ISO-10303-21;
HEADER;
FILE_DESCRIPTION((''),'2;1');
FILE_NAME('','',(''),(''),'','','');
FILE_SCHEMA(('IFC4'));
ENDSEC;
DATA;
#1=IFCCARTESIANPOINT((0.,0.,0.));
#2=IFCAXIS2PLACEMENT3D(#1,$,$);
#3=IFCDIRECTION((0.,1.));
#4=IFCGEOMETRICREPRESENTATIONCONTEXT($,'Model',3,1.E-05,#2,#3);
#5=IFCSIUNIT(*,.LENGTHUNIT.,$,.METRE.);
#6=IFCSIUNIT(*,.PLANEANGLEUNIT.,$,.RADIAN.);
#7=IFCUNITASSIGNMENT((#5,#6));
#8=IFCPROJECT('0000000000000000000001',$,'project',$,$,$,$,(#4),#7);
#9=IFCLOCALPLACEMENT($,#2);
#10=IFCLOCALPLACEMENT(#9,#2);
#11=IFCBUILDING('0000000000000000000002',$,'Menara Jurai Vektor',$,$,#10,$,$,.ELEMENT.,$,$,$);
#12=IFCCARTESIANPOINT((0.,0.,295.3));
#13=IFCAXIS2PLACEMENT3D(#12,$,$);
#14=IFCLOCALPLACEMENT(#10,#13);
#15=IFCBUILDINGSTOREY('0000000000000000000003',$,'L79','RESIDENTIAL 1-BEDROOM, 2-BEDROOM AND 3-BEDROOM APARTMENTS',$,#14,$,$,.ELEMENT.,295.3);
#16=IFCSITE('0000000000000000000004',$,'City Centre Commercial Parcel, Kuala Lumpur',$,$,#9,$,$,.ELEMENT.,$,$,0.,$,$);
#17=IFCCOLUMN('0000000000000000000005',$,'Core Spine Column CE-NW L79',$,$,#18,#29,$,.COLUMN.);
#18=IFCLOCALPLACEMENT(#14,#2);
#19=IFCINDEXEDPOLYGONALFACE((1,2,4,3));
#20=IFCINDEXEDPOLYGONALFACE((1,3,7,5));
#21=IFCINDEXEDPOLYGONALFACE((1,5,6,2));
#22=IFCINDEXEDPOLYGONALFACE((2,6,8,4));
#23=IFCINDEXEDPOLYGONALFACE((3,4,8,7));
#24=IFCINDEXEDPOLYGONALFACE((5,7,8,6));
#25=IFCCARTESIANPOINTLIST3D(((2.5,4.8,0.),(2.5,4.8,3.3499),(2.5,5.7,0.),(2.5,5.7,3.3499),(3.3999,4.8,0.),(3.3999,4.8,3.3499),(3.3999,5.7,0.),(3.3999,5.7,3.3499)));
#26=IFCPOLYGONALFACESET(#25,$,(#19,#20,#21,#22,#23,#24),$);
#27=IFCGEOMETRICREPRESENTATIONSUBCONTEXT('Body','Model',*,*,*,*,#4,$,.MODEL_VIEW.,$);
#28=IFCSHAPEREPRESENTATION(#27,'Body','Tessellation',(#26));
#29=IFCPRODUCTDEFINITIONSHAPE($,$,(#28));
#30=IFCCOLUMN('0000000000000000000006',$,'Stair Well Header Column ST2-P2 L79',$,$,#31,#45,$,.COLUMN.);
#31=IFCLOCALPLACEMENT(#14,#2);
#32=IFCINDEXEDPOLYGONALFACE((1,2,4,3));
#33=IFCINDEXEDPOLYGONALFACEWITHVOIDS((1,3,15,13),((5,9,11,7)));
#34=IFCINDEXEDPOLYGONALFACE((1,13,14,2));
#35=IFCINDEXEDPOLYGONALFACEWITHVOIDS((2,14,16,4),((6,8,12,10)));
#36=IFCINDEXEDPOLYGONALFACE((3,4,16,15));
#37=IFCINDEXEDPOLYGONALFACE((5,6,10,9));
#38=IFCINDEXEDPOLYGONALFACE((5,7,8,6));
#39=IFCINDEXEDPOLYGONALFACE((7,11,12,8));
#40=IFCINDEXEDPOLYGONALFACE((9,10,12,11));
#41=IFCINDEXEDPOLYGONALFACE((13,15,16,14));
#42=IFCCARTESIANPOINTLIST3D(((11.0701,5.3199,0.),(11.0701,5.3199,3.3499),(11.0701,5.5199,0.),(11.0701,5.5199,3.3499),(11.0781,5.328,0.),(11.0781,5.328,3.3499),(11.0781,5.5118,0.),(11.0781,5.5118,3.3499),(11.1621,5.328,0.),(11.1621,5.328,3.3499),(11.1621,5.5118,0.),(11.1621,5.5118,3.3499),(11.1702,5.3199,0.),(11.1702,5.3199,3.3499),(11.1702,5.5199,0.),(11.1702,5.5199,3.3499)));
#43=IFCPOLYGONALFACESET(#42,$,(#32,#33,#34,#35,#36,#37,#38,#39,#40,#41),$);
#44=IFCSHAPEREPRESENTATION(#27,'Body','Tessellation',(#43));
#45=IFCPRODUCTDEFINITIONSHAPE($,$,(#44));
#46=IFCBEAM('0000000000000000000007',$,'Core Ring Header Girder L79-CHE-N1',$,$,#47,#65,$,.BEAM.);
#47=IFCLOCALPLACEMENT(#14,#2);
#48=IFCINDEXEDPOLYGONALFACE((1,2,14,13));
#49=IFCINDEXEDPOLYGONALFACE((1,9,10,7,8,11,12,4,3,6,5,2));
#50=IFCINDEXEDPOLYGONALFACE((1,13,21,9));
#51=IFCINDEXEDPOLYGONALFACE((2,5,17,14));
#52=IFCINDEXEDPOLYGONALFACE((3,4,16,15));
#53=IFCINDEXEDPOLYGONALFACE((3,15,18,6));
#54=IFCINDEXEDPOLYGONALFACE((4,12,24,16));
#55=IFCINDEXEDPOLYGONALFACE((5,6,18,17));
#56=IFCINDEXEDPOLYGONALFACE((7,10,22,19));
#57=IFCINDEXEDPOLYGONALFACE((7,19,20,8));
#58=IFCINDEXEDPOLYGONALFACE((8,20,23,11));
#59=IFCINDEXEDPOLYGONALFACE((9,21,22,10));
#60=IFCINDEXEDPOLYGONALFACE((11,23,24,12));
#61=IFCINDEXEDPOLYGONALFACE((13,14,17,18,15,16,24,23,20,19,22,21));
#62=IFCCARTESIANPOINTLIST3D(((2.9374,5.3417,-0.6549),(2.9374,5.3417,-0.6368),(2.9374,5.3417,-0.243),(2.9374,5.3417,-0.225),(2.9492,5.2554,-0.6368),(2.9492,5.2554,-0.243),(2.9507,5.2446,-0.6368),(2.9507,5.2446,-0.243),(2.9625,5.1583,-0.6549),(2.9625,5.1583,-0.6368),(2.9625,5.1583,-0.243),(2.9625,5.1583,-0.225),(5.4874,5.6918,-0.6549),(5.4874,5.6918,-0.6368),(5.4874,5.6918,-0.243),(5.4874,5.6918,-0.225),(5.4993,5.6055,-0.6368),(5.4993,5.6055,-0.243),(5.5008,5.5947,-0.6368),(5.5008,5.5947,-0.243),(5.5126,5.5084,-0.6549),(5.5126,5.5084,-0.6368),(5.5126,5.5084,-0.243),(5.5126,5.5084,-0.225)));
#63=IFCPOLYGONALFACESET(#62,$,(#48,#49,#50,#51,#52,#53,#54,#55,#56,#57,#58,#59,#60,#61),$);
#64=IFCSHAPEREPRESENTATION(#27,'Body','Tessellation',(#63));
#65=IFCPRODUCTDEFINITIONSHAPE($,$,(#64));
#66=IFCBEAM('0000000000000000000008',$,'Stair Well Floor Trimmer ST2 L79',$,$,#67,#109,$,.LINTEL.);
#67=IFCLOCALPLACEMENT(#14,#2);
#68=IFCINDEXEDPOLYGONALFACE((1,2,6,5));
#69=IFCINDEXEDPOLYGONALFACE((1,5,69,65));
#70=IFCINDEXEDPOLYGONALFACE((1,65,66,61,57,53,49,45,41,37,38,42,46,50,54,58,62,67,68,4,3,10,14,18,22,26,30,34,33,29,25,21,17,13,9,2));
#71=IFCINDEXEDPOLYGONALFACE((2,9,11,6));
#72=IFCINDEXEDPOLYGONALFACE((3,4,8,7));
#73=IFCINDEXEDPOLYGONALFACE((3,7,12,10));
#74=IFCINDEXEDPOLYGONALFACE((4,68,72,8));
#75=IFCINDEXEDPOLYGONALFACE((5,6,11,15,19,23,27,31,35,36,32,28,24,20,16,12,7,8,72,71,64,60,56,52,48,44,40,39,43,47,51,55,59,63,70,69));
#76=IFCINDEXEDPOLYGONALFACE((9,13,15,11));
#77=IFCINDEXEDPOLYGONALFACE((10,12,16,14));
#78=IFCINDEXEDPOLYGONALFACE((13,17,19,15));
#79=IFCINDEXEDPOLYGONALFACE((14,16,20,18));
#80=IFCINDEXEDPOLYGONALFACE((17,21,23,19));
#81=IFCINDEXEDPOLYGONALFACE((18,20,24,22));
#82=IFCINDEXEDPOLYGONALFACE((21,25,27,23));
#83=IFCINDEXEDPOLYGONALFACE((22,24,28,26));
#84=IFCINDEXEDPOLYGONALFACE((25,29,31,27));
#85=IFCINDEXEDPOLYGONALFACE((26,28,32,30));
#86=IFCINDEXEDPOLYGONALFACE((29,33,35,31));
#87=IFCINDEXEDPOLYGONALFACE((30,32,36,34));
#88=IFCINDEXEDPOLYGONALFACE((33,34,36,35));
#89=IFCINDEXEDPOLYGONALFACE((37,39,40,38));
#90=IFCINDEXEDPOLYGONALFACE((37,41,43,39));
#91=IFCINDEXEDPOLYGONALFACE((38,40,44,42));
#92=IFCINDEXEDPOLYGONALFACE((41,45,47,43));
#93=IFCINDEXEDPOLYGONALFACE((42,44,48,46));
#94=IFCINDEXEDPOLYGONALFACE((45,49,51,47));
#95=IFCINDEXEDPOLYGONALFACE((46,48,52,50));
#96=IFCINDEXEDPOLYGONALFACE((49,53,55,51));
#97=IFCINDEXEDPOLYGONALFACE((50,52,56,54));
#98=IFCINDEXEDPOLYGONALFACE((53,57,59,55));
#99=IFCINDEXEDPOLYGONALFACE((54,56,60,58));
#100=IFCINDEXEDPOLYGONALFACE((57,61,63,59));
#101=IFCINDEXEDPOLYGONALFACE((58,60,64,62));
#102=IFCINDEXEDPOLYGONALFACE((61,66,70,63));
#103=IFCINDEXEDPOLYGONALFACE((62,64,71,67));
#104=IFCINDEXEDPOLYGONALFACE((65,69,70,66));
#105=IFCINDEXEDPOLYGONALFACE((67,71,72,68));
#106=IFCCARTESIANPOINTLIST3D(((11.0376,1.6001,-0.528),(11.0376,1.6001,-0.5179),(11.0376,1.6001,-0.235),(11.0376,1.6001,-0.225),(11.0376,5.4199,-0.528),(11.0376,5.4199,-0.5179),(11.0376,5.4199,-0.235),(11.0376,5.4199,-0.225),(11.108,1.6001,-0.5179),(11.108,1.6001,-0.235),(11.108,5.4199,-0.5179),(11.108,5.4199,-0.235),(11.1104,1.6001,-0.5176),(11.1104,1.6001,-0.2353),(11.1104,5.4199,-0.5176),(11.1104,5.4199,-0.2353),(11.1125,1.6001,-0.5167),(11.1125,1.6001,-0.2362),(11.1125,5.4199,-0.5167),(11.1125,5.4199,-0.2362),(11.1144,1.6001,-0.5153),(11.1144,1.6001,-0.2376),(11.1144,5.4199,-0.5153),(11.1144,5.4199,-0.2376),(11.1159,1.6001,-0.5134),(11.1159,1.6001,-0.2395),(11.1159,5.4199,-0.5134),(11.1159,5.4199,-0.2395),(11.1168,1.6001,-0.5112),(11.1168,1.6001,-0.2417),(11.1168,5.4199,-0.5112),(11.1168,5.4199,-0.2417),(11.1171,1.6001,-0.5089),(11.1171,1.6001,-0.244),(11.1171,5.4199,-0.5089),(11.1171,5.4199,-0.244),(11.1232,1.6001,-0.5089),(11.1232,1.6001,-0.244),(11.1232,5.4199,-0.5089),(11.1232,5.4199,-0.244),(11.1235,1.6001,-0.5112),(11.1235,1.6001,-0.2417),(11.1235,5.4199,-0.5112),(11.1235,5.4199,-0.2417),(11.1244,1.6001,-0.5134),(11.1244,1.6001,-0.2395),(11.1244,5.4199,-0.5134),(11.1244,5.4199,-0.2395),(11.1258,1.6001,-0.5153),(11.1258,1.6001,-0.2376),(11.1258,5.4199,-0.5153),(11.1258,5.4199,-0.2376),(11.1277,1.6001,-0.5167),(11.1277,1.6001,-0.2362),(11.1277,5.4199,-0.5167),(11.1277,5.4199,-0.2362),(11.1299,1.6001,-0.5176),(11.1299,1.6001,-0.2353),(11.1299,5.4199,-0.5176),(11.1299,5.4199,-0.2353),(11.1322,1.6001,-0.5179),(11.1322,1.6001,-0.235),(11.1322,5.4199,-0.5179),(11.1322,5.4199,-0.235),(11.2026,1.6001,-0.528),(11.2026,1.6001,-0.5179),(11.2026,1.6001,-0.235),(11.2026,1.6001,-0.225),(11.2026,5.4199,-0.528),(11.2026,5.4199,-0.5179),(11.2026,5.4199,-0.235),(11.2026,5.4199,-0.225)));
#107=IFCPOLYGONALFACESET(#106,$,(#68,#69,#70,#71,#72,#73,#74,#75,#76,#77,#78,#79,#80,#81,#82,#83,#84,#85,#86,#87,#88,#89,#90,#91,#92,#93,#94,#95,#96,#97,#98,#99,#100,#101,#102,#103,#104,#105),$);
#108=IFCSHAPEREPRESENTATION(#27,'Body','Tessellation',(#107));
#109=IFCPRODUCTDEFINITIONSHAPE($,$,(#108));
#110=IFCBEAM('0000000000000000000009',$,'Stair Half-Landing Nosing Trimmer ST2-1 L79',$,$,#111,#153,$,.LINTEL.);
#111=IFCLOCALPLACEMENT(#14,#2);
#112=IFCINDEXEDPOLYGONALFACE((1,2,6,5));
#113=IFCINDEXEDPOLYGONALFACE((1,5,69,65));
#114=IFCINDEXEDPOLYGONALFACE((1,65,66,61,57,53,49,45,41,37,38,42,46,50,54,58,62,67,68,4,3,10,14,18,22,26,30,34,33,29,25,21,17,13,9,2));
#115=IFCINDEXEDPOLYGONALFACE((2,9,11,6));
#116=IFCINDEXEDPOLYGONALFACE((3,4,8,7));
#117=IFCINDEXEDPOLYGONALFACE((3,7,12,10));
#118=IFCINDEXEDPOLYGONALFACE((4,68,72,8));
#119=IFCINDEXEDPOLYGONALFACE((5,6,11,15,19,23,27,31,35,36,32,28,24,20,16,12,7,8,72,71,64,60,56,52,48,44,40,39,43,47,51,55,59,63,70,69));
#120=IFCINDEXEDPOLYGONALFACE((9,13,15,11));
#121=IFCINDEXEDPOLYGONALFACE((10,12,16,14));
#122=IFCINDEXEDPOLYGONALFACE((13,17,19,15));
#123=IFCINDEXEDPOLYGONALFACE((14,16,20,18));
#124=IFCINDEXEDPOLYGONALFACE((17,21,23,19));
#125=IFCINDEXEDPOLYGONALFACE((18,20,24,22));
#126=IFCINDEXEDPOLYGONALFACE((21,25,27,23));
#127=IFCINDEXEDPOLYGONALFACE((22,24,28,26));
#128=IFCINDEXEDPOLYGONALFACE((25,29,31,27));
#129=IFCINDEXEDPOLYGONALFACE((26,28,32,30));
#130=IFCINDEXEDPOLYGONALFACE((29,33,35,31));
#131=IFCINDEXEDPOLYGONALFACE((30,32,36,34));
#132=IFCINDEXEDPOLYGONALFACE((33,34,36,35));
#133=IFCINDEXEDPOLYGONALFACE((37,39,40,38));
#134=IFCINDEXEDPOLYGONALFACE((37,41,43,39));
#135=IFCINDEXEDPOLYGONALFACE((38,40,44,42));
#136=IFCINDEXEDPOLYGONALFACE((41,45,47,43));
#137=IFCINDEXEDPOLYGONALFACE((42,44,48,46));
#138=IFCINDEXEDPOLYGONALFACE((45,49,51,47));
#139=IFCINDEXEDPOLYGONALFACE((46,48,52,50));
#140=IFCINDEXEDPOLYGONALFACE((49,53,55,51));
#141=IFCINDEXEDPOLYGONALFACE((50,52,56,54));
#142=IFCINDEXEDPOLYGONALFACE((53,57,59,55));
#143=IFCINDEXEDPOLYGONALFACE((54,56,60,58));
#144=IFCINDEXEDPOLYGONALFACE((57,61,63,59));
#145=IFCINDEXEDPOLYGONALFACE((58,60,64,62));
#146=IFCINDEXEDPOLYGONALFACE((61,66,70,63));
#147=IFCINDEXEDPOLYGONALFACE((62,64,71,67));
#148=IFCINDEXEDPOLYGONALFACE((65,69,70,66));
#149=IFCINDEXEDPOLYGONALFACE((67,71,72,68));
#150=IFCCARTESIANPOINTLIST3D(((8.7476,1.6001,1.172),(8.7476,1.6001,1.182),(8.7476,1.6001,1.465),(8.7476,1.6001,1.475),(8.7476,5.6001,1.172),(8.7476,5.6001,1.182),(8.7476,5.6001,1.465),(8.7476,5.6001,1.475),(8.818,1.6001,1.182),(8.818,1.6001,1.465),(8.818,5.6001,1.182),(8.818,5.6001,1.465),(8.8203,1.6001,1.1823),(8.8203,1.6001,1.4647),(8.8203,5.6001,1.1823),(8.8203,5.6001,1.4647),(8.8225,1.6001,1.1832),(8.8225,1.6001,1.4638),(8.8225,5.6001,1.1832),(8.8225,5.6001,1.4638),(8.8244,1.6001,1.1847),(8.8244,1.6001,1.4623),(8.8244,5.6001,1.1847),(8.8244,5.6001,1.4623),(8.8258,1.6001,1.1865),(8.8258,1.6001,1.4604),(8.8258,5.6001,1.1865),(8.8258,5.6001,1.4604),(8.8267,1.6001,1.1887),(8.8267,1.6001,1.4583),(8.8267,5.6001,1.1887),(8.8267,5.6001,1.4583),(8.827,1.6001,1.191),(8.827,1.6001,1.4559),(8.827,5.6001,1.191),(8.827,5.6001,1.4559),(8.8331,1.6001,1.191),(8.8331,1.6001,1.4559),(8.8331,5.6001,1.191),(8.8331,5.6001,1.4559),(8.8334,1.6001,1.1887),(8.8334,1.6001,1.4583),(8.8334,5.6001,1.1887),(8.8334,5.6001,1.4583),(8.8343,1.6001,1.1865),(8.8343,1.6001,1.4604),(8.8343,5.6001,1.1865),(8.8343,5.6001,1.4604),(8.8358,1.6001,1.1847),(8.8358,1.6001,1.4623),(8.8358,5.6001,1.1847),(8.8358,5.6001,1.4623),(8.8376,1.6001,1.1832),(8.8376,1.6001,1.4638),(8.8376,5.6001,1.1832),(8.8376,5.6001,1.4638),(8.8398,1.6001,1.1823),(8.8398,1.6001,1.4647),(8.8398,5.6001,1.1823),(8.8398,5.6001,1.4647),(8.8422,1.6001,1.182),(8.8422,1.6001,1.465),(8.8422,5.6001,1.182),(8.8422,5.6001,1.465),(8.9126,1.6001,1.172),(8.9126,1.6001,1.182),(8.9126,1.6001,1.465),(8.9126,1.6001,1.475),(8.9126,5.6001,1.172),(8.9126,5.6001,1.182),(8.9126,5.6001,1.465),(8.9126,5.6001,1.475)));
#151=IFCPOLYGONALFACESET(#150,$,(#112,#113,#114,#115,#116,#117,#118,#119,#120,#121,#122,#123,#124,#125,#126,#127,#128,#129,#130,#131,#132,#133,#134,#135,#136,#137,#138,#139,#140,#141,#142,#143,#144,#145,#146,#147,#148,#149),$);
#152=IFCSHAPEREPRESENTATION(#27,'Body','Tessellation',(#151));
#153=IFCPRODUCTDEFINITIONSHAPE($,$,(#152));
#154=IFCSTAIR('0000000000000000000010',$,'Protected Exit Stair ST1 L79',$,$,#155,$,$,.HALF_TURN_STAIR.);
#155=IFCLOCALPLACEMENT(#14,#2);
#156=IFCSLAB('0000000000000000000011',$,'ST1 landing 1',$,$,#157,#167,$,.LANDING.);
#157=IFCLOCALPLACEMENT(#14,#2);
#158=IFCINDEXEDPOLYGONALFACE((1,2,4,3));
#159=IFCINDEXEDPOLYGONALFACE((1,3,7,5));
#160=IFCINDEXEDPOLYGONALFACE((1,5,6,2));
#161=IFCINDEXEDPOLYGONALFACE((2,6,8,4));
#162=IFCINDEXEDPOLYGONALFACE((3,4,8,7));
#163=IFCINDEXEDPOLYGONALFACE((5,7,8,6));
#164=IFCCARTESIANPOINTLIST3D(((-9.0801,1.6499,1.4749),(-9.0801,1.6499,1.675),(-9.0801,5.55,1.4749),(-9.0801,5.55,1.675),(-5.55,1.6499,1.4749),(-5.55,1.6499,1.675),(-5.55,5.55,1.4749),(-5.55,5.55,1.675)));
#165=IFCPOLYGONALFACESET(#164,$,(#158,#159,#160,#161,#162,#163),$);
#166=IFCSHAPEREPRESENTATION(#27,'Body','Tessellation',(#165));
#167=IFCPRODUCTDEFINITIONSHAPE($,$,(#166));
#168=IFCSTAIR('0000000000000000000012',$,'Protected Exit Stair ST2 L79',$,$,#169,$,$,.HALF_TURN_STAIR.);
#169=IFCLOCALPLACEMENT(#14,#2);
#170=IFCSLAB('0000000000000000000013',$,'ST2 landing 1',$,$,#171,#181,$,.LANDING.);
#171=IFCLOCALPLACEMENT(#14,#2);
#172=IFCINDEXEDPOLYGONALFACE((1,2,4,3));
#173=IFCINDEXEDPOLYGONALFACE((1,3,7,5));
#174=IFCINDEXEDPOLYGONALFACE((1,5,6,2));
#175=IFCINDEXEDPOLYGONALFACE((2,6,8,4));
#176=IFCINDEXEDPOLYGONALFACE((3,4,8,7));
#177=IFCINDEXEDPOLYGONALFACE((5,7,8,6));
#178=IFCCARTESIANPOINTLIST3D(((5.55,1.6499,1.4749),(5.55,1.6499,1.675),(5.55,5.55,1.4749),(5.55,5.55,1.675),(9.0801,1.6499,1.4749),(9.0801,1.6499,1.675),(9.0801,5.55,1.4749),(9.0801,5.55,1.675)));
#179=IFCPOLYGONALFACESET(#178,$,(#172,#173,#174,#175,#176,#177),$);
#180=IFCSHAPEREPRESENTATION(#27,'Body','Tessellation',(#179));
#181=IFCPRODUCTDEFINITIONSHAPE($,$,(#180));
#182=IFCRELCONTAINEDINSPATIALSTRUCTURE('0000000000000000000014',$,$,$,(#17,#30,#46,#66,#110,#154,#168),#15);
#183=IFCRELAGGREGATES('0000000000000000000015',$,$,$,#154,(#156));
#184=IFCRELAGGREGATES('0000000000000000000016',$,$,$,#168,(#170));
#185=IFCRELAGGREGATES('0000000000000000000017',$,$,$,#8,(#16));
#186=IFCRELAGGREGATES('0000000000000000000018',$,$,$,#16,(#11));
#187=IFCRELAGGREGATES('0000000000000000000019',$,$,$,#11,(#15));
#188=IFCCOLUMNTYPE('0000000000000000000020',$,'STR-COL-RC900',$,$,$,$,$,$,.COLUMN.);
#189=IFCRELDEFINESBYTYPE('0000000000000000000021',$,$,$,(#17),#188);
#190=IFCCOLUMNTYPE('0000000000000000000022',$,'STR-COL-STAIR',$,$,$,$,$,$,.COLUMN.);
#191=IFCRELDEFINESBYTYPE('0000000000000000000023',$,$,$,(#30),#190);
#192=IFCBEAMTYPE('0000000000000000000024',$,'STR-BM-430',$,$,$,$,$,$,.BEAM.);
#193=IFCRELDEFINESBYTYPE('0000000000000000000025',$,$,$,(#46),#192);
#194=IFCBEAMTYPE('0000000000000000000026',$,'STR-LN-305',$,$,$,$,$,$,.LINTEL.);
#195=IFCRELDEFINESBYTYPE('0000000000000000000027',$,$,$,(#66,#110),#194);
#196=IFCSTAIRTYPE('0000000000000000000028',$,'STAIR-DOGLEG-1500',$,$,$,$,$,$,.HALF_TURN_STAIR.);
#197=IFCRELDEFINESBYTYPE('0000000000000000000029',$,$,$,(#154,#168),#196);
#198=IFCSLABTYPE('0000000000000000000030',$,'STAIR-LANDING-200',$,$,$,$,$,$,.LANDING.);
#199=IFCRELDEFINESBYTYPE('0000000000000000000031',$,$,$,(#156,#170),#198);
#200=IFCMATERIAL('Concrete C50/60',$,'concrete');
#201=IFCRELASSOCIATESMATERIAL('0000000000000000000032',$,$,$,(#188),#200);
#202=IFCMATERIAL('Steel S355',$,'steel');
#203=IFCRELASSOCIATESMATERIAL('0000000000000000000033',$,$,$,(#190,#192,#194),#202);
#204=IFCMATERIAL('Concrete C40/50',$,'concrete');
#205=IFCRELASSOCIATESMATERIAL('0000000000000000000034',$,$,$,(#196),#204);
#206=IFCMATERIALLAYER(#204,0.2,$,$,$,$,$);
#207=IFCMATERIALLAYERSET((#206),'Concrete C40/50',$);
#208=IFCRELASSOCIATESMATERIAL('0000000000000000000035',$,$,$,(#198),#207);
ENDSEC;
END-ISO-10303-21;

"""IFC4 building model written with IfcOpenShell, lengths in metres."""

from ifc_helpers import new_model, si_unit, direction, frame, origin, origin_2d, place, context, subcontext, project, spatial, polyline, rectangle, hollow_rectangle, i_section, outline, extrude, material, layer, layer_set, material_profile, profile_set, type_object, element, aggregate, save


model = new_model("IFC4")

# Units and contexts
model_context = context("Model", 3, precision=1e-05, world=origin(), true_north=direction((0.0, 1.0)))
body_context = subcontext(model_context, "Body", "Model", "MODEL_VIEW")
ifc_project = project(units=[si_unit("LENGTHUNIT", "METRE"), si_unit("PLANEANGLEUNIT", "RADIAN")], contexts=[model_context])

# Site, building, storey
site_placement = place(None, origin())
site = spatial("IfcSite", under=ifc_project, at=site_placement, Name="City Centre Commercial Parcel, Kuala Lumpur", CompositionType="ELEMENT", RefElevation=0.0)
building_placement = place(site_placement, origin())
building = spatial("IfcBuilding", under=site, at=building_placement, Name="Menara Jurai Vektor", CompositionType="ELEMENT")
storey_placement = place(building_placement, frame((0.0, 0.0, 295.3)))
storey = spatial("IfcBuildingStorey", under=building, at=storey_placement, Name="L79", Description="RESIDENTIAL 1-BEDROOM, 2-BEDROOM AND 3-BEDROOM APARTMENTS", CompositionType="ELEMENT", Elevation=295.3)

# Columns
ifc_material_1 = material(Name="Concrete C50/60", Category="concrete")
ifc_material_profile_1 = material_profile(ifc_material_1, rectangle(XDim=0.8999, YDim=0.8999, at=origin_2d()), Name="RC 900x900")
ifc_profile_set_1 = profile_set([ifc_material_profile_1], Name="Concrete C50/60")
column_type_1 = type_object("IfcColumnType", Name="STR-COL-RC900", PredefinedType="COLUMN", material=ifc_profile_set_1)
column_1_placement = place(storey_placement, frame((2.95, 5.25, 0.0), z_axis=(0.0, 0.0, 1.0), x_axis=(1.0, 0.0, 0.0)))
element("IfcColumn", 1, at=column_1_placement, inside=storey, type_object=column_type_1, Name="Core Spine Column CE-NW L79", PredefinedType="COLUMN", context=body_context, shape_type="SweptSolid", body=[
    extrude(rectangle(XDim=0.8999, YDim=0.8999, at=origin_2d()), origin(), (0.0, 0.0, 1.0), 3.3499),
])
ifc_material_2 = material(Name="Steel S355", Category="steel")
ifc_material_profile_2 = material_profile(ifc_material_2, hollow_rectangle(XDim=0.1001, YDim=0.2, WallThickness=0.0081, at=origin_2d()), Name="RHS 200x100x8")
ifc_profile_set_2 = profile_set([ifc_material_profile_2], Name="Steel S355")
column_type_2 = type_object("IfcColumnType", Name="STR-COL-STAIR", PredefinedType="COLUMN", material=ifc_profile_set_2)
column_2_placement = place(storey_placement, frame((11.1201, 5.4199, 0.0), z_axis=(0.0, 0.0, 1.0), x_axis=(1.0, 0.0, 0.0)))
element("IfcColumn", 2, at=column_2_placement, inside=storey, type_object=column_type_2, Name="Stair Well Header Column ST2-P2 L79", PredefinedType="COLUMN", context=body_context, shape_type="SweptSolid", body=[
    extrude(hollow_rectangle(XDim=0.1001, YDim=0.2, WallThickness=0.0081, at=origin_2d()), origin(), (0.0, 0.0, 1.0), 3.3499),
])

# Beams
ifc_material_profile_3 = material_profile(ifc_material_2, i_section(OverallWidth=0.1851, OverallDepth=0.4299, WebThickness=0.011, FlangeThickness=0.0181, at=origin_2d()), Name="PG 430x185x76")
ifc_profile_set_3 = profile_set([ifc_material_profile_3], Name="Steel S355")
beam_type_1 = type_object("IfcBeamType", Name="STR-BM-430", PredefinedType="BEAM", material=ifc_profile_set_3)
beam_1_placement = place(storey_placement, frame((2.95, 5.25, -0.4399), z_axis=(0.990707, 0.136015, 0.0), x_axis=(-0.136015, 0.990707, 0.0)))
element("IfcBeam", 3, at=beam_1_placement, inside=storey, type_object=beam_type_1, Name="Core Ring Header Girder L79-CHE-N1", PredefinedType="BEAM", context=body_context, shape_type="SweptSolid", body=[
    extrude(i_section(OverallWidth=0.1851, OverallDepth=0.4299, WebThickness=0.011, FlangeThickness=0.0181, at=origin_2d()), origin(), (0.0, 0.0, 1.0), 2.574),
])
ifc_material_profile_4 = material_profile(ifc_material_2, i_section(OverallWidth=0.165, OverallDepth=0.303, WebThickness=0.0061, FlangeThickness=0.01, FilletRadius=0.009, at=origin_2d()), Name="UKB 305x165x40")
ifc_profile_set_4 = profile_set([ifc_material_profile_4], Name="Steel S355")
beam_type_2 = type_object("IfcBeamType", Name="STR-LN-305", PredefinedType="LINTEL", material=ifc_profile_set_4)
beam_2_placement = place(storey_placement, frame((11.1201, 1.6001, -0.3765), z_axis=(0.0, 1.0, 0.0), x_axis=(-1.0, 0.0, 0.0)))
element("IfcBeam", 4, at=beam_2_placement, inside=storey, type_object=beam_type_2, Name="Stair Well Floor Trimmer ST2 L79", PredefinedType="LINTEL", context=body_context, shape_type="SweptSolid", body=[
    extrude(i_section(OverallWidth=0.165, OverallDepth=0.303, WebThickness=0.0061, FlangeThickness=0.01, FilletRadius=0.009, at=origin_2d()), origin(), (0.0, 0.0, 1.0), 3.8198),
])
beam_3_placement = place(storey_placement, frame((8.8301, 1.6001, 1.3235), z_axis=(0.0, 1.0, 0.0), x_axis=(-1.0, 0.0, 0.0)))
element("IfcBeam", 5, at=beam_3_placement, inside=storey, type_object=beam_type_2, Name="Stair Half-Landing Nosing Trimmer ST2-1 L79", PredefinedType="LINTEL", context=body_context, shape_type="SweptSolid", body=[
    extrude(i_section(OverallWidth=0.165, OverallDepth=0.303, WebThickness=0.0061, FlangeThickness=0.01, FilletRadius=0.009, at=origin_2d()), origin(), (0.0, 0.0, 1.0), 4.0),
])

# Stairs, slabs
ifc_material_3 = material(Name="Concrete C40/50", Category="concrete")
stair_type = type_object("IfcStairType", Name="STAIR-DOGLEG-1500", PredefinedType="HALF_TURN_STAIR", material=ifc_material_3)
stair_1_placement = place(storey_placement, origin())
stair_1 = element("IfcStair", 6, at=stair_1_placement, inside=storey, type_object=stair_type, Name="Protected Exit Stair ST1 L79", PredefinedType="HALF_TURN_STAIR")
ifc_layer_1 = layer(ifc_material_3, 0.2)
ifc_layer_set_1 = layer_set([ifc_layer_1], Name="Concrete C40/50")
slab_type_1 = type_object("IfcSlabType", Name="STAIR-LANDING-200", PredefinedType="LANDING", material=ifc_layer_set_1)
slab_1_placement = place(storey_placement, frame((0.0, 0.0, 1.4749)))
slab_1 = element("IfcSlab", 7, at=slab_1_placement, type_object=slab_type_1, Name="ST1 landing 1", PredefinedType="LANDING", context=body_context, shape_type="SweptSolid", body=[
    extrude(outline(polyline([(-9.0801, 1.6499), (-5.55, 1.6499), (-5.55, 5.55), (-9.0801, 5.55), (-9.0801, 1.6499)])), origin(), (0.0, 0.0, 1.0), 0.2002),
])
aggregate(stair_1, [slab_1])
stair_2_placement = place(storey_placement, origin())
stair_2 = element("IfcStair", 8, at=stair_2_placement, inside=storey, type_object=stair_type, Name="Protected Exit Stair ST2 L79", PredefinedType="HALF_TURN_STAIR")
slab_2_placement = place(storey_placement, frame((0.0, 0.0, 1.4749)))
slab_2 = element("IfcSlab", 9, at=slab_2_placement, type_object=slab_type_1, Name="ST2 landing 1", PredefinedType="LANDING", context=body_context, shape_type="SweptSolid", body=[
    extrude(outline(polyline([(5.55, 1.6499), (9.0801, 1.6499), (9.0801, 5.55), (5.55, 5.55), (5.55, 1.6499)])), origin(), (0.0, 0.0, 1.0), 0.2002),
])

aggregate(stair_2, [slab_2])

save(model, "model.ifc")
